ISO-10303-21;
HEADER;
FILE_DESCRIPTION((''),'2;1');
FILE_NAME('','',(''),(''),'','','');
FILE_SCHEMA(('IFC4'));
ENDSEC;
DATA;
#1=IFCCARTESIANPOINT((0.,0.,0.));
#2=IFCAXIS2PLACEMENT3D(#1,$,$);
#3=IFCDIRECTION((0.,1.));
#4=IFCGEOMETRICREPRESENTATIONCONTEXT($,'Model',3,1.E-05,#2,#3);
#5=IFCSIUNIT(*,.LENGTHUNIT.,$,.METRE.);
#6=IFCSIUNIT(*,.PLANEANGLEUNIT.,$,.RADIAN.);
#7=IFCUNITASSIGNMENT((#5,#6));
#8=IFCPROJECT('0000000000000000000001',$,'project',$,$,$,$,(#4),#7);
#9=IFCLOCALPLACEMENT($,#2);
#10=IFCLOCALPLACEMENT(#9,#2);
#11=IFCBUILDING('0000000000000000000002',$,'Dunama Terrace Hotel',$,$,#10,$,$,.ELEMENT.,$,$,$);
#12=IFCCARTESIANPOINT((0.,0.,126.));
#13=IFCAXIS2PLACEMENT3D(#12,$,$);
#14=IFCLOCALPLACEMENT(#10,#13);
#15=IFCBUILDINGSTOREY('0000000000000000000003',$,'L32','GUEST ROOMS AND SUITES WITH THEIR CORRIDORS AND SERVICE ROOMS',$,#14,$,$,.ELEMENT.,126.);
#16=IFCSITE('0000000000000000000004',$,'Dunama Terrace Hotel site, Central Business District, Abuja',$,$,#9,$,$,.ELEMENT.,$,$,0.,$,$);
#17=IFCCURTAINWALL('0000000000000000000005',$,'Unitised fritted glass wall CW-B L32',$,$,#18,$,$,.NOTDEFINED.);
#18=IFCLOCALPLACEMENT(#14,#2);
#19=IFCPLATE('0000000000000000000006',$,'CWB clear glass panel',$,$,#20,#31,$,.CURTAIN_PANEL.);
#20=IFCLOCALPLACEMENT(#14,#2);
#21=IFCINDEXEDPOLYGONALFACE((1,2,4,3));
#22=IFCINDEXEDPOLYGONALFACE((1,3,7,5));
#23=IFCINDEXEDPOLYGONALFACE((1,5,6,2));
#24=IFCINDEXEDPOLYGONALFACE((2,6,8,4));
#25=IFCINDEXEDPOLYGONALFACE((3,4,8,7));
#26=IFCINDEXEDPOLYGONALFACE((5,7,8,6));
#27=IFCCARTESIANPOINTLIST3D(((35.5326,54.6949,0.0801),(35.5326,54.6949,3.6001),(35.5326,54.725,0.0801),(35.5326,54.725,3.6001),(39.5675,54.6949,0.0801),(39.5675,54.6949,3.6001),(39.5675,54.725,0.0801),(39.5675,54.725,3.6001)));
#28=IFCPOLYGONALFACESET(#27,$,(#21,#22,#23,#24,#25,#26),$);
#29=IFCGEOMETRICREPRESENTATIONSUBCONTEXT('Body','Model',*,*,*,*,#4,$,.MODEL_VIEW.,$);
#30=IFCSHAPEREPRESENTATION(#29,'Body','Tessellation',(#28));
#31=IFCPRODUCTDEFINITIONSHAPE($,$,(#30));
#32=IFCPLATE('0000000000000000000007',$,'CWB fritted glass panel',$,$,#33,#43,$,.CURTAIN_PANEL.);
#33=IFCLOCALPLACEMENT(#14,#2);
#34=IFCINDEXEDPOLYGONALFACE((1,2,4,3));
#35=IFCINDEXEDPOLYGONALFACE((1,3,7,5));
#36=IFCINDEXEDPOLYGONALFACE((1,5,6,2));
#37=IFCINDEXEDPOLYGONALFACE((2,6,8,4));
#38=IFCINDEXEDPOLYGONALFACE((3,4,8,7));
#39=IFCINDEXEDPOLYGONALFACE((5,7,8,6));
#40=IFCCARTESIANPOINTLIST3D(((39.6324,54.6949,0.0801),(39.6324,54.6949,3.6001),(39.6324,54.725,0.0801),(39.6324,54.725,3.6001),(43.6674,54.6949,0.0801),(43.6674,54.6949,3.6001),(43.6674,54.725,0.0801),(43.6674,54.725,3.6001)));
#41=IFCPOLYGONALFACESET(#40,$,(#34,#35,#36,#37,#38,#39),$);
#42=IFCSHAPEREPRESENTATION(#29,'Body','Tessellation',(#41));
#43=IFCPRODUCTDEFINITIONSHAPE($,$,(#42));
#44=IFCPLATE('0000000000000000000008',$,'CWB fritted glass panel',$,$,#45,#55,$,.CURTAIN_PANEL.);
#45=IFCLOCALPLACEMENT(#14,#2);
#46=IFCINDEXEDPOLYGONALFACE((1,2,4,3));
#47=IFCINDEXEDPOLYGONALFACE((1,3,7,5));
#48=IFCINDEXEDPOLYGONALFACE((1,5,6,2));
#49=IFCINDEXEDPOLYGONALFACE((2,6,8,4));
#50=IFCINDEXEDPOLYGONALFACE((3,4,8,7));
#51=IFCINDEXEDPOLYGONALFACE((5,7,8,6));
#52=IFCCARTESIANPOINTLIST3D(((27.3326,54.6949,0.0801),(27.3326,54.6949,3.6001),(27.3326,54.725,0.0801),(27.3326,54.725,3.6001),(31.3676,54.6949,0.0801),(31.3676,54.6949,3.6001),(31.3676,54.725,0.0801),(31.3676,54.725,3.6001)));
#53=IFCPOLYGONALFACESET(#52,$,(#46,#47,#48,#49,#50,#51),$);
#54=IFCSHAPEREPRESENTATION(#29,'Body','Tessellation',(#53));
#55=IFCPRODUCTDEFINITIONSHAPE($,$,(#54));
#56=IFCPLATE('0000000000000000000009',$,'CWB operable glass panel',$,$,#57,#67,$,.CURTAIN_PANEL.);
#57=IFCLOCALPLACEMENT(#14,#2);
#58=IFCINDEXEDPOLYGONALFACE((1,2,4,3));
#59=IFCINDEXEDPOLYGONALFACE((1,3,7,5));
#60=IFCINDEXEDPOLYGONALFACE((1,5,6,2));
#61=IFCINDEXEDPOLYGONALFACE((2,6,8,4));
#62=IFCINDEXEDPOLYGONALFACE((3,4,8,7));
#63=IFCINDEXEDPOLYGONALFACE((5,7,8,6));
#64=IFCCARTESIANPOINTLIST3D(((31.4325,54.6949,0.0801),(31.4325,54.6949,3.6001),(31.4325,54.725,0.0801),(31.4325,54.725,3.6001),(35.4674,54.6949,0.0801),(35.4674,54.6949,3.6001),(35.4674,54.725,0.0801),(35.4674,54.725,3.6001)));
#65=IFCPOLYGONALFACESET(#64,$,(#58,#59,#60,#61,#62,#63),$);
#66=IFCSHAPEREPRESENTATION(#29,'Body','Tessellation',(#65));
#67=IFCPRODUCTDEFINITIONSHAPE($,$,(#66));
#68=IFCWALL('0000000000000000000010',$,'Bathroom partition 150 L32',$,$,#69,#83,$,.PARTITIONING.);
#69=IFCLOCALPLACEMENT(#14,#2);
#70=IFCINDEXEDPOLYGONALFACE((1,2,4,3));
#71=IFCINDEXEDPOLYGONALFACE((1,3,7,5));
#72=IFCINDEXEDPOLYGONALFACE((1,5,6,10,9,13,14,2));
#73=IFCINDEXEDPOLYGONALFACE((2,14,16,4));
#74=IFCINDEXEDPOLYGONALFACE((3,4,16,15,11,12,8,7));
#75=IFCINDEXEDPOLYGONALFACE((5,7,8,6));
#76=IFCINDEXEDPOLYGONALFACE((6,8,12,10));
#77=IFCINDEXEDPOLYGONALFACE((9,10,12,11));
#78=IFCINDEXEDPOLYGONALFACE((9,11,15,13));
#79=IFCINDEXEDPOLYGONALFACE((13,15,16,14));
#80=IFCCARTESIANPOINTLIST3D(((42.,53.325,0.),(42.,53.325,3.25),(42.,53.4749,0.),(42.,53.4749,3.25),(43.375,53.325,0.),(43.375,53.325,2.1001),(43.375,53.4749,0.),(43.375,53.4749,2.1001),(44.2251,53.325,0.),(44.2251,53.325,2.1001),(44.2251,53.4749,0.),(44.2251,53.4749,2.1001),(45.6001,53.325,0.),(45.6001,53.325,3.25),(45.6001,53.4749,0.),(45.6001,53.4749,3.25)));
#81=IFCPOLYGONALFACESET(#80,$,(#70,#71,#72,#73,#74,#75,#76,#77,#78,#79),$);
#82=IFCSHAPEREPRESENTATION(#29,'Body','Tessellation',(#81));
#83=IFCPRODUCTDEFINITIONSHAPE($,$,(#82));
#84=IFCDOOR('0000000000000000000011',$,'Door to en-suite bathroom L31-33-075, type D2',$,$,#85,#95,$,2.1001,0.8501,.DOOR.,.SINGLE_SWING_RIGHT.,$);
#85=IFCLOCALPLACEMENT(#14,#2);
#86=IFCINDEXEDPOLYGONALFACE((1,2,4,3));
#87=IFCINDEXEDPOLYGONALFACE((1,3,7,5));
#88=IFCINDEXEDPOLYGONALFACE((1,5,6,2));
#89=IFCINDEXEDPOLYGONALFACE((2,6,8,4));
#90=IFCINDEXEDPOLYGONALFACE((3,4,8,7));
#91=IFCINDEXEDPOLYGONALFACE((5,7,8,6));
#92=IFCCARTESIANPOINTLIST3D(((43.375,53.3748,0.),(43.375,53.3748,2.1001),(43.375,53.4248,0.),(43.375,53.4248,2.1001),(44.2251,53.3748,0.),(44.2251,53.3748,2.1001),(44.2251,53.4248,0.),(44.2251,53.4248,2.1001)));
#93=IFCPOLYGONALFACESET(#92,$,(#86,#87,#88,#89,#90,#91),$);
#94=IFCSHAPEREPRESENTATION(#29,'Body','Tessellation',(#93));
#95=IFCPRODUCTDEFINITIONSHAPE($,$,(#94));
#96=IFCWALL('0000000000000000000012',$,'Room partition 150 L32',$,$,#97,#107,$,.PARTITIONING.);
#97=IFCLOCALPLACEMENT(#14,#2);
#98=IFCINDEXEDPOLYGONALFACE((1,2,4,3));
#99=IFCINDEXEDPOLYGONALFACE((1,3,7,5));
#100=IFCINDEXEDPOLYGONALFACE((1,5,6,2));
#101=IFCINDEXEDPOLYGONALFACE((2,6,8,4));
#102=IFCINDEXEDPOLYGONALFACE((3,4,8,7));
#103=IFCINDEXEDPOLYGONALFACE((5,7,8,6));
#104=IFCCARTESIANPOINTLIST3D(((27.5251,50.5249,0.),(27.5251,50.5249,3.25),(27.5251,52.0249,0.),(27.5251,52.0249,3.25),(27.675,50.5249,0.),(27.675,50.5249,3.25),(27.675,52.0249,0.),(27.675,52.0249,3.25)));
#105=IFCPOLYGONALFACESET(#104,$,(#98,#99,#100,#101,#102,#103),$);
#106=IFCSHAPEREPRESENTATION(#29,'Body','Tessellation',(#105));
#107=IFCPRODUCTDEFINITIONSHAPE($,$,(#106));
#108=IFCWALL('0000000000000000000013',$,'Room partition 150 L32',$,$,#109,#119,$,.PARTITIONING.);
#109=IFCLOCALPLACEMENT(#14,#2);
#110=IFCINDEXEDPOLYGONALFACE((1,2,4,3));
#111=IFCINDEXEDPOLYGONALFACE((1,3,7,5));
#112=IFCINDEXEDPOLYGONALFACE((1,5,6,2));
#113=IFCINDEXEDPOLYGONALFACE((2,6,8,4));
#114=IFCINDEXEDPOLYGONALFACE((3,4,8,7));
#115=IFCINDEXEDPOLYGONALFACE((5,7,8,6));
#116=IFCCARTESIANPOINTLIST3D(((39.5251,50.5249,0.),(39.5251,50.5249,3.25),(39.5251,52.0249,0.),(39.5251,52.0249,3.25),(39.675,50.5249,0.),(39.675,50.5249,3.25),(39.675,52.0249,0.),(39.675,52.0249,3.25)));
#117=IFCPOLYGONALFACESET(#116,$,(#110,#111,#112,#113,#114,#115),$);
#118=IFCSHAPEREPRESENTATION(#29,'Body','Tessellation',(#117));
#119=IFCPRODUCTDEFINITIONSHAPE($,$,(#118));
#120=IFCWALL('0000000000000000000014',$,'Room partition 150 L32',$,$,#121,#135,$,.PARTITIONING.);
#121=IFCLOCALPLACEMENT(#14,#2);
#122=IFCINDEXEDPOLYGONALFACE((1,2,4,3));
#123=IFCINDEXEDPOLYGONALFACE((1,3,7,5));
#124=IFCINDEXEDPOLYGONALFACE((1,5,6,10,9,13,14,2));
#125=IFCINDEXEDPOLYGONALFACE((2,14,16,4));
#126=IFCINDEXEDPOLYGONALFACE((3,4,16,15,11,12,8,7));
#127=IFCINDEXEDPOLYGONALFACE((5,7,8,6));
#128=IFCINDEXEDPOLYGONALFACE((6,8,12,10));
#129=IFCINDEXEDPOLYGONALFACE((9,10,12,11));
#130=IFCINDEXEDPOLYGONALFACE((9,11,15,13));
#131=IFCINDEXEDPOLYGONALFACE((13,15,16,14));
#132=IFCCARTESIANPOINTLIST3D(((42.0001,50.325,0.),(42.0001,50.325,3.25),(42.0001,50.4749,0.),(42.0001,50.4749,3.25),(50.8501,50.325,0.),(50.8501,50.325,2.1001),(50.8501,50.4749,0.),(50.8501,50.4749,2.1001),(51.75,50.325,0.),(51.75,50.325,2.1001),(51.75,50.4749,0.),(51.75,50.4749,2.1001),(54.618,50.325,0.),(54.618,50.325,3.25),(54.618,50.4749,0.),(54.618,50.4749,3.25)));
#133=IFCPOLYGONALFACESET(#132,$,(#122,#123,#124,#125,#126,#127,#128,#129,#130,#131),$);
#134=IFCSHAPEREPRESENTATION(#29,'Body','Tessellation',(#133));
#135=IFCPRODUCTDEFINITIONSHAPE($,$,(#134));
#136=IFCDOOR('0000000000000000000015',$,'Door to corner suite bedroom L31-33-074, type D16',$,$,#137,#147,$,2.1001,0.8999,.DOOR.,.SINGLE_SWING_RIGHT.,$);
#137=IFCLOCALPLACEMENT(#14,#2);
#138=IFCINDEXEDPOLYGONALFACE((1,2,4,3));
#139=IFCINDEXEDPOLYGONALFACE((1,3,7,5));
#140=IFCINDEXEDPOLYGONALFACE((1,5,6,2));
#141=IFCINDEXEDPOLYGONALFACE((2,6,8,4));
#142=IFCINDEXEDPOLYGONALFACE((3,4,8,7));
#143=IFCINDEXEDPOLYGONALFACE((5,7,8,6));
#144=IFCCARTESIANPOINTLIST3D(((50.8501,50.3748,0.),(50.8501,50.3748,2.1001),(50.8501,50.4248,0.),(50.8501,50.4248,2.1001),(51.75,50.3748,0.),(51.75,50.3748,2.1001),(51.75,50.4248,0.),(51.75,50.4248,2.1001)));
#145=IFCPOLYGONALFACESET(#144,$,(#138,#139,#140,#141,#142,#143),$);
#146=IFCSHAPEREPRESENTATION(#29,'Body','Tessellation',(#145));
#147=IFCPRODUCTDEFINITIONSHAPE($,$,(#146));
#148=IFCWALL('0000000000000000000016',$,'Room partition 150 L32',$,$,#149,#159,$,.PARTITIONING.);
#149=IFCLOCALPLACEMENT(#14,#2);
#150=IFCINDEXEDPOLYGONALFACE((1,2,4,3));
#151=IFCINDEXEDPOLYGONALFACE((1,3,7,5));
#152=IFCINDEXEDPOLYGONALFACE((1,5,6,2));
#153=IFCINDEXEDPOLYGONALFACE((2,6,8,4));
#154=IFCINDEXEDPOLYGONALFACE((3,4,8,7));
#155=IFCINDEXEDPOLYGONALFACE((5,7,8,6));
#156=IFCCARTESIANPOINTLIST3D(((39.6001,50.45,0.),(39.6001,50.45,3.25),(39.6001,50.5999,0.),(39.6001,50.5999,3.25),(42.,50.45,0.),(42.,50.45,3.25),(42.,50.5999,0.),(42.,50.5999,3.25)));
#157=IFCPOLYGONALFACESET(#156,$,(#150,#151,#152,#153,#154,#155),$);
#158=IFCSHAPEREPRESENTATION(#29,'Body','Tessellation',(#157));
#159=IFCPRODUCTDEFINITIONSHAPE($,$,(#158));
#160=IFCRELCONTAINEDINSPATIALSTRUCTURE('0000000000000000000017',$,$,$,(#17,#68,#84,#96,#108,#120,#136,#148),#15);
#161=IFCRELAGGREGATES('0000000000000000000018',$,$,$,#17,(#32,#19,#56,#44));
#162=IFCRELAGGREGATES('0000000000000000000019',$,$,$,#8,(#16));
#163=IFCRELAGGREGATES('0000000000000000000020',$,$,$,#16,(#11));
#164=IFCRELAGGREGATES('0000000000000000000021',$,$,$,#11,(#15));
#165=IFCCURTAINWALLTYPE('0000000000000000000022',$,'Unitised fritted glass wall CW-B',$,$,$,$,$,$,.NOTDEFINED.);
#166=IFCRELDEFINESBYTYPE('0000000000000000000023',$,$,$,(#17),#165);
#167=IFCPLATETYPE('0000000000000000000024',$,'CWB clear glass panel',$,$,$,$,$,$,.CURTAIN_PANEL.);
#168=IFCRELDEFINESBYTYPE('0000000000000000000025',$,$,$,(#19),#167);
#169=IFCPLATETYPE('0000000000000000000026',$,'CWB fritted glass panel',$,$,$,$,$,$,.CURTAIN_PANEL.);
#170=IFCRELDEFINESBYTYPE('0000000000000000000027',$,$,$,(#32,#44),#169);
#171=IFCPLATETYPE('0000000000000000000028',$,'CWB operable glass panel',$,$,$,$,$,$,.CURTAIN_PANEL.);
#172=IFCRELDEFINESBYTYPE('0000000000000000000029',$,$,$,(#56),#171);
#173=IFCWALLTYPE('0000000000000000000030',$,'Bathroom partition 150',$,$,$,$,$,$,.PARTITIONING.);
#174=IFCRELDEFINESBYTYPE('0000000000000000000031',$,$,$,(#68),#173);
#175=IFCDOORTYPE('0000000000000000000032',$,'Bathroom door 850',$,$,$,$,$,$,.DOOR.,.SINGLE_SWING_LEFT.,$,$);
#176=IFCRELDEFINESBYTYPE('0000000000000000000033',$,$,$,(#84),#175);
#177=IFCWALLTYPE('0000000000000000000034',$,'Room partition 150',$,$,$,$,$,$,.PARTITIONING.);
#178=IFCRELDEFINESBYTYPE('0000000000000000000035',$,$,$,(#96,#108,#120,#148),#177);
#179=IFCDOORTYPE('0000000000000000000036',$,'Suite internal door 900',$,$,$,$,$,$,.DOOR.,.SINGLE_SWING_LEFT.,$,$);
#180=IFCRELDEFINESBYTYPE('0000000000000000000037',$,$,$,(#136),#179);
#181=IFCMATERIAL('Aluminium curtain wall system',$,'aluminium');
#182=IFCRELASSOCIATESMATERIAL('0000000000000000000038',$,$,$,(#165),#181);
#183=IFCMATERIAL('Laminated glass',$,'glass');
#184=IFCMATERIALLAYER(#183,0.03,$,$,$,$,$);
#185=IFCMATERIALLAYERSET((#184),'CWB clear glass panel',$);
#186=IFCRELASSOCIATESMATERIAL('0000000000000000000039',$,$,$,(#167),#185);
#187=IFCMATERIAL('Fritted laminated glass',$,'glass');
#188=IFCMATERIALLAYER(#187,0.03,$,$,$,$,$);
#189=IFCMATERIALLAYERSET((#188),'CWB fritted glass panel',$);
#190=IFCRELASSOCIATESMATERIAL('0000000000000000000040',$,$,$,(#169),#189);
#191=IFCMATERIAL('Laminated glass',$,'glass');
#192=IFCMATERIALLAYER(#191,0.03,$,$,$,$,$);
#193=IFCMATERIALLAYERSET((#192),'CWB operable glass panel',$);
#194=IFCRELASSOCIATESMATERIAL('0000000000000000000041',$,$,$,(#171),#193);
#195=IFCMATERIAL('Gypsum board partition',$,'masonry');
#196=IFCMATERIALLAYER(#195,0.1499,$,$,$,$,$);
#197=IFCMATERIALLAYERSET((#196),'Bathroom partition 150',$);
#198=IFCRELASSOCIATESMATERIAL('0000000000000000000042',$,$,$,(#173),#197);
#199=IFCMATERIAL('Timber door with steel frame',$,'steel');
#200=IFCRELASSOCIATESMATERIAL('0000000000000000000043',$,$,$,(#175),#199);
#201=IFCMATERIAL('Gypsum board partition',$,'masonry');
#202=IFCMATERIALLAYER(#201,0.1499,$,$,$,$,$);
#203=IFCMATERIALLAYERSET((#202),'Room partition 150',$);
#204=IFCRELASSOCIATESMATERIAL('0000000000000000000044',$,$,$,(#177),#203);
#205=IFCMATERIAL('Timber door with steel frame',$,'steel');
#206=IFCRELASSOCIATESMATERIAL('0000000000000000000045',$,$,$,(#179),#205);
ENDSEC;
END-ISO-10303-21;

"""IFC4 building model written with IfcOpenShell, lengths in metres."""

from ifc_helpers import new_model, si_unit, direction, frame, frame_2d, origin, origin_2d, place, context, subcontext, project, spatial, rectangle, extrude, material, layer, layer_set, type_object, element, fill, aggregate, save


model = new_model("IFC4")

# Units and contexts
model_context = context("Model", 3, precision=1e-05, world=origin(), true_north=direction((0.0, 1.0)))
body_context = subcontext(model_context, "Body", "Model", "MODEL_VIEW")
ifc_project = project(units=[si_unit("LENGTHUNIT", "METRE"), si_unit("PLANEANGLEUNIT", "RADIAN")], contexts=[model_context])

# Site, building, storey
site_placement = place(None, origin())
site = spatial("IfcSite", under=ifc_project, at=site_placement, Name="Dunama Terrace Hotel site, Central Business District, Abuja", CompositionType="ELEMENT", RefElevation=0.0)
building_placement = place(site_placement, origin())
building = spatial("IfcBuilding", under=site, at=building_placement, Name="Dunama Terrace Hotel", CompositionType="ELEMENT")
storey_placement = place(building_placement, frame((0.0, 0.0, 126.0)))
storey = spatial("IfcBuildingStorey", under=building, at=storey_placement, Name="L32", Description="GUEST ROOMS AND SUITES WITH THEIR CORRIDORS AND SERVICE ROOMS", CompositionType="ELEMENT", Elevation=126.0)

# Curtain wall
ifc_material_1 = material(Name="Aluminium curtain wall system", Category="aluminium")
curtain_wall_type = type_object("IfcCurtainWallType", Name="Unitised fritted glass wall CW-B", PredefinedType="NOTDEFINED", material=ifc_material_1)
curtain_wall_placement = place(storey_placement, origin())
curtain_wall = element("IfcCurtainWall", 1, at=curtain_wall_placement, inside=storey, type_object=curtain_wall_type, Name="Unitised fritted glass wall CW-B L32", PredefinedType="NOTDEFINED")

# Plates
ifc_material_2 = material(Name="Laminated glass", Category="glass")
ifc_layer_1 = layer(ifc_material_2, 0.03)
ifc_layer_set_1 = layer_set([ifc_layer_1], Name="CWB clear glass panel")
plate_type_1 = type_object("IfcPlateType", Name="CWB clear glass panel", PredefinedType="CURTAIN_PANEL", material=ifc_layer_set_1)
plate_1_placement = place(storey_placement, frame((37.55, 54.71, 0.0801), z_axis=(0.0, 0.0, 1.0), x_axis=(-1.0, 0.0, 0.0)))
plate_1 = element("IfcPlate", 2, at=plate_1_placement, type_object=plate_type_1, Name="CWB clear glass panel", PredefinedType="CURTAIN_PANEL", context=body_context, shape_type="SweptSolid", body=[
    extrude(rectangle(XDim=4.0349, YDim=0.03, at=origin_2d()), origin(), (0.0, 0.0, 1.0), 3.52),
])
ifc_material_3 = material(Name="Fritted laminated glass", Category="glass")
ifc_layer_2 = layer(ifc_material_3, 0.03)
ifc_layer_set_2 = layer_set([ifc_layer_2], Name="CWB fritted glass panel")
plate_type_2 = type_object("IfcPlateType", Name="CWB fritted glass panel", PredefinedType="CURTAIN_PANEL", material=ifc_layer_set_2)
plate_2_placement = place(storey_placement, frame((41.6499, 54.71, 0.0801), z_axis=(0.0, 0.0, 1.0), x_axis=(-1.0, 0.0, 0.0)))
plate_2 = element("IfcPlate", 3, at=plate_2_placement, type_object=plate_type_2, Name="CWB fritted glass panel", PredefinedType="CURTAIN_PANEL", context=body_context, shape_type="SweptSolid", body=[
    extrude(rectangle(XDim=4.0349, YDim=0.03, at=origin_2d()), origin(), (0.0, 0.0, 1.0), 3.52),
])
plate_3_placement = place(storey_placement, frame((29.3501, 54.71, 0.0801), z_axis=(0.0, 0.0, 1.0), x_axis=(-1.0, 0.0, 0.0)))
plate_3 = element("IfcPlate", 4, at=plate_3_placement, type_object=plate_type_2, Name="CWB fritted glass panel", PredefinedType="CURTAIN_PANEL", context=body_context, shape_type="SweptSolid", body=[
    extrude(rectangle(XDim=4.0349, YDim=0.03, at=origin_2d()), origin(), (0.0, 0.0, 1.0), 3.52),
])
ifc_material_4 = material(Name="Laminated glass", Category="glass")
ifc_layer_3 = layer(ifc_material_4, 0.03)
ifc_layer_set_3 = layer_set([ifc_layer_3], Name="CWB operable glass panel")
plate_type_3 = type_object("IfcPlateType", Name="CWB operable glass panel", PredefinedType="CURTAIN_PANEL", material=ifc_layer_set_3)
plate_4_placement = place(storey_placement, frame((33.45, 54.71, 0.0801), z_axis=(0.0, 0.0, 1.0), x_axis=(-1.0, 0.0, 0.0)))
plate_4 = element("IfcPlate", 5, at=plate_4_placement, type_object=plate_type_3, Name="CWB operable glass panel", PredefinedType="CURTAIN_PANEL", context=body_context, shape_type="SweptSolid", body=[
    extrude(rectangle(XDim=4.0349, YDim=0.03, at=origin_2d()), origin(), (0.0, 0.0, 1.0), 3.52),
])
aggregate(curtain_wall, [plate_2, plate_1, plate_4, plate_3])

# Wall, opening, door
ifc_material_5 = material(Name="Gypsum board partition", Category="masonry")
ifc_layer_4 = layer(ifc_material_5, 0.1499)
ifc_layer_set_4 = layer_set([ifc_layer_4], Name="Bathroom partition 150")
wall_type_1 = type_object("IfcWallType", Name="Bathroom partition 150", PredefinedType="PARTITIONING", material=ifc_layer_set_4)
wall_1_placement = place(storey_placement, frame((42.0, 53.3999, 0.0), z_axis=(0.0, 0.0, 1.0), x_axis=(1.0, 0.0, 0.0)))
wall_1 = element("IfcWall", 6, at=wall_1_placement, inside=storey, type_object=wall_type_1, Name="Bathroom partition 150 L32", PredefinedType="PARTITIONING", context=body_context, shape_type="SweptSolid", body=[
    extrude(rectangle(XDim=3.6001, YDim=0.1499, at=frame_2d((1.8, 0.0))), origin(), (0.0, 0.0, 1.0), 3.25),
])
opening_1_placement = place(wall_1_placement, frame((1.375, 0.0, 0.0)))
opening_1 = element("IfcOpeningElement", 7, at=opening_1_placement, cuts=wall_1, PredefinedType="OPENING", context=body_context, shape_type="SweptSolid", body=[
    extrude(rectangle(XDim=0.8501, YDim=2.1001, at=frame_2d((0.425, 1.05))), frame((0.0, 0.085, 0.0), z_axis=(0.0, -1.0, 0.0), x_axis=(1.0, 0.0, 0.0)), (0.0, 0.0, 1.0), 0.1699),
])
ifc_material_6 = material(Name="Timber door with steel frame", Category="steel")
door_type_1 = type_object("IfcDoorType", Name="Bathroom door 850", OperationType="SINGLE_SWING_LEFT", PredefinedType="DOOR", material=ifc_material_6)
door_1_placement = place(opening_1_placement, frame((0.8501, 0.0, 0.0), z_axis=(0.0, 0.0, 1.0), x_axis=(-1.0, 0.0, 0.0)))
door_1 = element("IfcDoor", 8, at=door_1_placement, inside=storey, type_object=door_type_1, Name="Door to en-suite bathroom L31-33-075, type D2", OperationType="SINGLE_SWING_RIGHT", OverallHeight=2.1001, OverallWidth=0.8501, PredefinedType="DOOR", context=body_context, shape_type="SweptSolid", body=[
    extrude(rectangle(XDim=0.8501, YDim=2.1001, at=frame_2d((0.425, 1.05))), frame((0.0, 0.0251, 0.0), z_axis=(0.0, -1.0, 0.0), x_axis=(1.0, 0.0, 0.0)), (0.0, 0.0, 1.0), 0.05),
])
fill(opening_1, door_1)

# Walls
ifc_material_7 = material(Name="Gypsum board partition", Category="masonry")
ifc_layer_5 = layer(ifc_material_7, 0.1499)
ifc_layer_set_5 = layer_set([ifc_layer_5], Name="Room partition 150")
wall_type_2 = type_object("IfcWallType", Name="Room partition 150", PredefinedType="PARTITIONING", material=ifc_layer_set_5)
for number, where, z_axis, x_axis, name in (
    (9, (27.6001, 50.5249, 0.0), (0.0, 0.0, 1.0), (0.0, 1.0, 0.0), "Room partition 150 L32"),
    (10, (39.6001, 50.5249, 0.0), (0.0, 0.0, 1.0), (0.0, 1.0, 0.0), "Room partition 150 L32"),
):
    element("IfcWall", number, at=place(storey_placement, frame(where, z_axis=z_axis, x_axis=x_axis)), inside=storey, type_object=wall_type_2, Name=name, PredefinedType="PARTITIONING", context=body_context, shape_type="SweptSolid", body=[
        extrude(rectangle(XDim=1.5, YDim=0.1499, at=frame_2d((0.75, 0.0))), origin(), (0.0, 0.0, 1.0), 3.25),
    ])

# Wall, opening, door
wall_2_placement = place(storey_placement, frame((42.0, 50.3999, 0.0), z_axis=(0.0, 0.0, 1.0), x_axis=(1.0, 0.0, 0.0)))
wall_2 = element("IfcWall", 11, at=wall_2_placement, inside=storey, type_object=wall_type_2, Name="Room partition 150 L32", PredefinedType="PARTITIONING", context=body_context, shape_type="SweptSolid", body=[
    extrude(rectangle(XDim=12.6179, YDim=0.1499, at=frame_2d((6.3091, 0.0))), origin(), (0.0, 0.0, 1.0), 3.25),
])
opening_2_placement = place(wall_2_placement, frame((8.8501, 0.0, 0.0)))
opening_2 = element("IfcOpeningElement", 12, at=opening_2_placement, cuts=wall_2, PredefinedType="OPENING", context=body_context, shape_type="SweptSolid", body=[
    extrude(rectangle(XDim=0.8999, YDim=2.1001, at=frame_2d((0.45, 1.05))), frame((0.0, 0.085, 0.0), z_axis=(0.0, -1.0, 0.0), x_axis=(1.0, 0.0, 0.0)), (0.0, 0.0, 1.0), 0.1699),
])
ifc_material_8 = material(Name="Timber door with steel frame", Category="steel")
door_type_2 = type_object("IfcDoorType", Name="Suite internal door 900", OperationType="SINGLE_SWING_LEFT", PredefinedType="DOOR", material=ifc_material_8)
door_2_placement = place(opening_2_placement, origin())
door_2 = element("IfcDoor", 13, at=door_2_placement, inside=storey, type_object=door_type_2, Name="Door to corner suite bedroom L31-33-074, type D16", OperationType="SINGLE_SWING_RIGHT", OverallHeight=2.1001, OverallWidth=0.8999, PredefinedType="DOOR", context=body_context, shape_type="SweptSolid", body=[
    extrude(rectangle(XDim=0.8999, YDim=2.1001, at=frame_2d((0.45, 1.05))), frame((0.0, 0.0249, 0.0), z_axis=(0.0, -1.0, 0.0), x_axis=(1.0, 0.0, 0.0)), (0.0, 0.0, 1.0), 0.05),
])
fill(opening_2, door_2)

# Wall
wall_3_placement = place(storey_placement, frame((39.6001, 50.5249, 0.0), z_axis=(0.0, 0.0, 1.0), x_axis=(1.0, 0.0, 0.0)))
element("IfcWall", 14, at=wall_3_placement, inside=storey, type_object=wall_type_2, Name="Room partition 150 L32", PredefinedType="PARTITIONING", context=body_context, shape_type="SweptSolid", body=[
    extrude(rectangle(XDim=2.3999, YDim=0.1499, at=frame_2d((1.2, 0.0))), origin(), (0.0, 0.0, 1.0), 3.25),
])

save(model, "model.ifc")
